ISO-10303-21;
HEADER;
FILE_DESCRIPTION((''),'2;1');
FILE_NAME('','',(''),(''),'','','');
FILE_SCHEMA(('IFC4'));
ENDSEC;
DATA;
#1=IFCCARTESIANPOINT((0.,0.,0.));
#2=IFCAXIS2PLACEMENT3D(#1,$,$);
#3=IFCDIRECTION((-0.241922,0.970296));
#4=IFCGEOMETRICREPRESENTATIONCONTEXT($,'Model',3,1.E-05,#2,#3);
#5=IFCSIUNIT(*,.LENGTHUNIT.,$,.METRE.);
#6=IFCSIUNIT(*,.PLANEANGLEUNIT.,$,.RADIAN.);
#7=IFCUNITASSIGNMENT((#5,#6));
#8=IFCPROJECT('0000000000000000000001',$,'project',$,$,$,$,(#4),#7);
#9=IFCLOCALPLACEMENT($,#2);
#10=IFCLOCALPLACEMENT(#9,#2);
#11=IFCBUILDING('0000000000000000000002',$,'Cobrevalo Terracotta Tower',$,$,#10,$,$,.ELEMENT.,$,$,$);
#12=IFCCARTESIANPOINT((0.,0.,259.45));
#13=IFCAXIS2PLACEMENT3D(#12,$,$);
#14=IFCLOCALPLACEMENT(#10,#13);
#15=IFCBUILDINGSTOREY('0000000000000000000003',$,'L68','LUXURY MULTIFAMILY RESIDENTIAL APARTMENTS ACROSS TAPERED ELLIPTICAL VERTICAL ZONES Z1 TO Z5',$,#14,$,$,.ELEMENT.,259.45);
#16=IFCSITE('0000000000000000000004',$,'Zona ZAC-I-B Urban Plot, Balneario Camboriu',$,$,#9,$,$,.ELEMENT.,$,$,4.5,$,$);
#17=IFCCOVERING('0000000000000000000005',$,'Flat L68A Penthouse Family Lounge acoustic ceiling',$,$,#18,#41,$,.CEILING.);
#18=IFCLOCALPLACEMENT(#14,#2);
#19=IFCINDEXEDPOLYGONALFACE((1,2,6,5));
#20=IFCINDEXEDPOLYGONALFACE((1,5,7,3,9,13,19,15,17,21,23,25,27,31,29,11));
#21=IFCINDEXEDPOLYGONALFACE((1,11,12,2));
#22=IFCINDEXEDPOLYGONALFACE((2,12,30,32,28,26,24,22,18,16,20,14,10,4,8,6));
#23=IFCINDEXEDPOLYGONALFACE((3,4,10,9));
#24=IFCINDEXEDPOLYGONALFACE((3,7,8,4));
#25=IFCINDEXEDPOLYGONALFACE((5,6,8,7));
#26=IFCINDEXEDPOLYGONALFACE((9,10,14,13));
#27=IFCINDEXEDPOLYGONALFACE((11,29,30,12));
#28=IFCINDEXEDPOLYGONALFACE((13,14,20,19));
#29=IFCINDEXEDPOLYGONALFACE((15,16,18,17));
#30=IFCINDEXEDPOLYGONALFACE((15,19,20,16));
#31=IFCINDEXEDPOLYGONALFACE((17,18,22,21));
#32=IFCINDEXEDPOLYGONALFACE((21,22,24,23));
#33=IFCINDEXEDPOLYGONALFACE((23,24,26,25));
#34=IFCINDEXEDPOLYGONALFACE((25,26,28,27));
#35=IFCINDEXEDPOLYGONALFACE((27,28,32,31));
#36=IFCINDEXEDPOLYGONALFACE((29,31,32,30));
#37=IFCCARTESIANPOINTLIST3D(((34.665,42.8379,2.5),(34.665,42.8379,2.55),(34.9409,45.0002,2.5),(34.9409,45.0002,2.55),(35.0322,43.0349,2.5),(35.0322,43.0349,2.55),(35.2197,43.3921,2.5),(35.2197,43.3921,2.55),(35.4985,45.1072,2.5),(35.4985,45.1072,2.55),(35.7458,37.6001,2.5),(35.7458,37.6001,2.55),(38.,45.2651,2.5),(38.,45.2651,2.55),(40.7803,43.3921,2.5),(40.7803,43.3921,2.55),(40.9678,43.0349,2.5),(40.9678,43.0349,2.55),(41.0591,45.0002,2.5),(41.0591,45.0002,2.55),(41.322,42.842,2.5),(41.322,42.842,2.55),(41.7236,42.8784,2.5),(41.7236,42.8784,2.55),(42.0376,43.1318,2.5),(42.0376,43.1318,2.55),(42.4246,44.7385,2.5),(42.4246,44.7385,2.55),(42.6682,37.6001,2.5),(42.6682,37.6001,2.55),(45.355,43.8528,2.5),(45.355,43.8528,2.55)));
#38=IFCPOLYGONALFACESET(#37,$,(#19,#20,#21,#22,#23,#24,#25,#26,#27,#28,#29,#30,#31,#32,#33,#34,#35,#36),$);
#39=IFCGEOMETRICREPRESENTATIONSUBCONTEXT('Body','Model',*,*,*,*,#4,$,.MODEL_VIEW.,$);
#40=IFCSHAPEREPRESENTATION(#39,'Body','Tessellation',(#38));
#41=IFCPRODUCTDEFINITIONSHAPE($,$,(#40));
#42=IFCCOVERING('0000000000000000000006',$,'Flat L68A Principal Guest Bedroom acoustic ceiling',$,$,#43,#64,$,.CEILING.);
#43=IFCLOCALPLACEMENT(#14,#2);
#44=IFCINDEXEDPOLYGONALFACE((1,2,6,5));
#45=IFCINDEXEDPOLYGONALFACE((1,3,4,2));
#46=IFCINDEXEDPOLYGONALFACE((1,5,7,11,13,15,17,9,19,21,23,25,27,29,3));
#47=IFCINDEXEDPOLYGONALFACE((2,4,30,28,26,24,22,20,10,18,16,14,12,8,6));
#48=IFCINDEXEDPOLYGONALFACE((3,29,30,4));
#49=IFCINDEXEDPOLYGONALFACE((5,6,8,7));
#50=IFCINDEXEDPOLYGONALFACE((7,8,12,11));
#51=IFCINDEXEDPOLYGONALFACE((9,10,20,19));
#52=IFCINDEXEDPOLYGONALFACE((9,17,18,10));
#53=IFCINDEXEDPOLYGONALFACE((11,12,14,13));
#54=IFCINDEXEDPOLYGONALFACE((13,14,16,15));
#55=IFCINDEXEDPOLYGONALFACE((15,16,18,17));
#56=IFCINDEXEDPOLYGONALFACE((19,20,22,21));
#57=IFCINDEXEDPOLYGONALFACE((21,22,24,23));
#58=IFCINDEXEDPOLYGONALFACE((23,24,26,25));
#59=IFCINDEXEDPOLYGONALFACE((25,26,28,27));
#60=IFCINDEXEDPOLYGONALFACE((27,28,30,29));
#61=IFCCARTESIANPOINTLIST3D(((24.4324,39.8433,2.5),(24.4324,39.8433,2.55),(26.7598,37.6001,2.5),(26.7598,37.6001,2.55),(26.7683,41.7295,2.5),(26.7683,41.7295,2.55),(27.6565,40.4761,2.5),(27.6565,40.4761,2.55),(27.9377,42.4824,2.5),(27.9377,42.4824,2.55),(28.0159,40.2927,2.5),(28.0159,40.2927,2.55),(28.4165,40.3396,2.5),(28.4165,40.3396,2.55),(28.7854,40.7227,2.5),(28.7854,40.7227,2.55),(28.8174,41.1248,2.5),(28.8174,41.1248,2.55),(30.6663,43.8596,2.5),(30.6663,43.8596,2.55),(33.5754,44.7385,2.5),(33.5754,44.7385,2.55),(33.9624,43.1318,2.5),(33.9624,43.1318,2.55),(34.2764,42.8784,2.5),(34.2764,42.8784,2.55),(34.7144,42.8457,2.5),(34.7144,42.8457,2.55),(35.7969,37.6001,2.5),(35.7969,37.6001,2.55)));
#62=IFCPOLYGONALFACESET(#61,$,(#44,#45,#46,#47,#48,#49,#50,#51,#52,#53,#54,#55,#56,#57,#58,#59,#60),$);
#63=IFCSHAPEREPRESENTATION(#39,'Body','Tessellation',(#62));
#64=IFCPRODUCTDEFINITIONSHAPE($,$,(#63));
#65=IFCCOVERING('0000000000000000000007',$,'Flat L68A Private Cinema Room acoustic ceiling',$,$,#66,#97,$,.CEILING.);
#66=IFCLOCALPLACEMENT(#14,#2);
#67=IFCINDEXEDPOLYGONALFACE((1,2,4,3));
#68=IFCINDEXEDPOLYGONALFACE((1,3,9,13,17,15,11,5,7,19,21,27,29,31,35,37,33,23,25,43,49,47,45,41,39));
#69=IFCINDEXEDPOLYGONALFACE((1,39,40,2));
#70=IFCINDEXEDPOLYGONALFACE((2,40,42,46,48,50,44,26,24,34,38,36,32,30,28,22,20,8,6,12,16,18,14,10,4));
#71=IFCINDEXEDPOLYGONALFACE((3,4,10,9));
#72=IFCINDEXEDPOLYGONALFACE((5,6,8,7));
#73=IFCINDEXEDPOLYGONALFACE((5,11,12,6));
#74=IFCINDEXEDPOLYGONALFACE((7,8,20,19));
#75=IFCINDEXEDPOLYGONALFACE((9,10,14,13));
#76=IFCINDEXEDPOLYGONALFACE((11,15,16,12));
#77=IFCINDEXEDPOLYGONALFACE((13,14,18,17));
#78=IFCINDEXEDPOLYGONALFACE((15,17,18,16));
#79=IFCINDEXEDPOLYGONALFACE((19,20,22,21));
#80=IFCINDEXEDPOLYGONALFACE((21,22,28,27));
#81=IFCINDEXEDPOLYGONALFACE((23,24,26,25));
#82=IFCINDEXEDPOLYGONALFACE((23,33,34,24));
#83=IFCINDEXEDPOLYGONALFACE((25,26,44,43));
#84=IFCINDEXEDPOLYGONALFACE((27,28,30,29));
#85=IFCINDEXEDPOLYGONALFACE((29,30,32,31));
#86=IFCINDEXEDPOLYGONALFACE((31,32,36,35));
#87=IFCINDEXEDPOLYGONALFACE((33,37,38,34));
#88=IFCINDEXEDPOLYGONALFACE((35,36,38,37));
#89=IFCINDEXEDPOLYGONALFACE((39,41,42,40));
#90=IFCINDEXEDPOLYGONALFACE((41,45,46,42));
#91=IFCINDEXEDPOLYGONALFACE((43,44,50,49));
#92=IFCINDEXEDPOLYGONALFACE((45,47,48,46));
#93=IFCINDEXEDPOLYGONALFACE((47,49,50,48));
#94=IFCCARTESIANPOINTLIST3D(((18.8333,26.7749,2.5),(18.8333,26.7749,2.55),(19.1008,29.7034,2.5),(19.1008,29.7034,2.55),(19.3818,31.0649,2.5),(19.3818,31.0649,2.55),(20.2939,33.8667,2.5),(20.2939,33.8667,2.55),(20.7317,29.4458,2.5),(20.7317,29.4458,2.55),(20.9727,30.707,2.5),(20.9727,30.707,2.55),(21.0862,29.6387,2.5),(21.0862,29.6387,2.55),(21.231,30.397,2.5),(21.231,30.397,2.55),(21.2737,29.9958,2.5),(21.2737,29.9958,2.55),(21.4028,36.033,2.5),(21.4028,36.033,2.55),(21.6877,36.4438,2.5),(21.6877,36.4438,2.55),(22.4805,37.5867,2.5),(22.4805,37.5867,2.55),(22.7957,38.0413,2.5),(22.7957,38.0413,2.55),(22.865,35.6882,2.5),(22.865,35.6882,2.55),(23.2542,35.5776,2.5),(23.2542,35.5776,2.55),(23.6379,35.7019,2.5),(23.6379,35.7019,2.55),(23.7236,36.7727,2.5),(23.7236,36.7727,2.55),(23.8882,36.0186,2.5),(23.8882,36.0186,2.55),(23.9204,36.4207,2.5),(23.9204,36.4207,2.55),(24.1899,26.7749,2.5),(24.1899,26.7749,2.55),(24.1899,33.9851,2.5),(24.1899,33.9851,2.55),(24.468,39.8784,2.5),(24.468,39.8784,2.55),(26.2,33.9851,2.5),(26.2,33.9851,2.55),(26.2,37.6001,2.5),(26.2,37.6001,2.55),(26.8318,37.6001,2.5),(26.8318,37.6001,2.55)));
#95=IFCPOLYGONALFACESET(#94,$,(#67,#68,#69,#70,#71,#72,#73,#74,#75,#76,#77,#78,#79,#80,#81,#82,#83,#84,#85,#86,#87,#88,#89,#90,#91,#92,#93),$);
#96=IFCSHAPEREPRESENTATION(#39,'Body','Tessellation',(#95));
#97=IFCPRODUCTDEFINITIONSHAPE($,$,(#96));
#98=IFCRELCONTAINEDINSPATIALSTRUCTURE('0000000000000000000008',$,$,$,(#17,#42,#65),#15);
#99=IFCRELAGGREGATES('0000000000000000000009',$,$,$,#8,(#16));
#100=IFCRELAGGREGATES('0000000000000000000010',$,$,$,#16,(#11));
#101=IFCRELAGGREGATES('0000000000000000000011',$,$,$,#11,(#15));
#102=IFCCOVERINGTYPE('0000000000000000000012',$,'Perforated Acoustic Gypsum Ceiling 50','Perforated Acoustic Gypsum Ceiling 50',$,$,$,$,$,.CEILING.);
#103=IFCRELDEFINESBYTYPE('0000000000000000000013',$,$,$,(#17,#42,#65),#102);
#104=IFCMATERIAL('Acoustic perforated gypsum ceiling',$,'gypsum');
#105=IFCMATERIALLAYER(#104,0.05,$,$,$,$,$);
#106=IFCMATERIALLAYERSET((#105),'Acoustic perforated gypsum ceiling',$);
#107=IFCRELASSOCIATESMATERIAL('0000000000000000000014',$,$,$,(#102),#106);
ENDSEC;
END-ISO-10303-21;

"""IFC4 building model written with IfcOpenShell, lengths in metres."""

from ifc_helpers import new_model, si_unit, direction, frame, origin, place, context, subcontext, project, spatial, polyline, outline, extrude, material, layer, layer_set, type_object, element, save


model = new_model("IFC4")

# Units and contexts
model_context = context("Model", 3, precision=1e-05, world=origin(), true_north=direction((-0.241922, 0.970296)))
body_context = subcontext(model_context, "Body", "Model", "MODEL_VIEW")
ifc_project = project(units=[si_unit("LENGTHUNIT", "METRE"), si_unit("PLANEANGLEUNIT", "RADIAN")], contexts=[model_context])

# Site, building, storey
site_placement = place(None, origin())
site = spatial("IfcSite", under=ifc_project, at=site_placement, Name="Zona ZAC-I-B Urban Plot, Balneario Camboriu", CompositionType="ELEMENT", RefElevation=4.5)
building_placement = place(site_placement, origin())
building = spatial("IfcBuilding", under=site, at=building_placement, Name="Cobrevalo Terracotta Tower", CompositionType="ELEMENT")
storey_placement = place(building_placement, frame((0.0, 0.0, 259.45)))
storey = spatial("IfcBuildingStorey", under=building, at=storey_placement, Name="L68", Description="LUXURY MULTIFAMILY RESIDENTIAL APARTMENTS ACROSS TAPERED ELLIPTICAL VERTICAL ZONES Z1 TO Z5", CompositionType="ELEMENT", Elevation=259.45)

# Coverings
ifc_material_1 = material(Name="Acoustic perforated gypsum ceiling", Category="gypsum")
ifc_layer_1 = layer(ifc_material_1, 0.05)
ifc_layer_set_1 = layer_set([ifc_layer_1], Name="Acoustic perforated gypsum ceiling")
covering_type_1 = type_object("IfcCoveringType", Name="Perforated Acoustic Gypsum Ceiling 50", Description="Perforated Acoustic Gypsum Ceiling 50", PredefinedType="CEILING", material=ifc_layer_set_1)
covering_1_placement = place(storey_placement, frame((0.0, 0.0, 2.5)))
element("IfcCovering", 1, at=covering_1_placement, inside=storey, type_object=covering_type_1, Name="Flat L68A Penthouse Family Lounge acoustic ceiling", PredefinedType="CEILING", context=body_context, shape_type="SweptSolid", body=[
    extrude(outline(polyline([(34.665, 42.8379), (35.0322, 43.0349), (35.2197, 43.3921), (34.9409, 45.0002), (35.4985, 45.1072), (38.0, 45.2651), (41.0591, 45.0002), (40.7803, 43.3921), (40.9678, 43.0349), (41.322, 42.842), (41.7236, 42.8784), (42.0376, 43.1318), (42.4246, 44.7385), (45.355, 43.8528), (42.6682, 37.6001), (35.7458, 37.6001), (34.665, 42.8379)])), origin(), (0.0, 0.0, 1.0), 0.05),
])
covering_2_placement = place(storey_placement, frame((0.0, 0.0, 2.5)))
element("IfcCovering", 2, at=covering_2_placement, inside=storey, type_object=covering_type_1, Name="Flat L68A Principal Guest Bedroom acoustic ceiling", PredefinedType="CEILING", context=body_context, shape_type="SweptSolid", body=[
    extrude(outline(polyline([(24.4324, 39.8433), (26.7683, 41.7295), (27.6565, 40.4761), (28.0159, 40.2927), (28.4165, 40.3396), (28.7854, 40.7227), (28.8174, 41.1248), (27.9377, 42.4824), (30.6663, 43.8596), (33.5754, 44.7385), (33.9624, 43.1318), (34.2764, 42.8784), (34.7144, 42.8457), (35.7969, 37.6001), (26.7598, 37.6001), (24.4324, 39.8433)])), origin(), (0.0, 0.0, 1.0), 0.05),
])
covering_3_placement = place(storey_placement, frame((0.0, 0.0, 2.5)))
element("IfcCovering", 3, at=covering_3_placement, inside=storey, type_object=covering_type_1, Name="Flat L68A Private Cinema Room acoustic ceiling", PredefinedType="CEILING", context=body_context, shape_type="SweptSolid", body=[
    extrude(outline(polyline([(26.8318, 37.6001), (26.2, 37.6001), (26.2, 33.9851), (24.1899, 33.9851), (24.1899, 26.7749), (18.8333, 26.7749), (19.1008, 29.7034), (20.7317, 29.4458), (21.0862, 29.6387), (21.2737, 29.9958), (21.231, 30.397), (20.9727, 30.707), (19.3818, 31.0649), (20.2939, 33.8667), (21.4028, 36.033), (21.6877, 36.4438), (22.865, 35.6882), (23.2542, 35.5776), (23.6379, 35.7019), (23.8882, 36.0186), (23.9204, 36.4207), (23.7236, 36.7727), (22.4805, 37.5867), (22.7957, 38.0413), (24.468, 39.8784), (26.8318, 37.6001)])), origin(), (0.0, 0.0, 1.0), 0.05),
])

save(model, "model.ifc")
